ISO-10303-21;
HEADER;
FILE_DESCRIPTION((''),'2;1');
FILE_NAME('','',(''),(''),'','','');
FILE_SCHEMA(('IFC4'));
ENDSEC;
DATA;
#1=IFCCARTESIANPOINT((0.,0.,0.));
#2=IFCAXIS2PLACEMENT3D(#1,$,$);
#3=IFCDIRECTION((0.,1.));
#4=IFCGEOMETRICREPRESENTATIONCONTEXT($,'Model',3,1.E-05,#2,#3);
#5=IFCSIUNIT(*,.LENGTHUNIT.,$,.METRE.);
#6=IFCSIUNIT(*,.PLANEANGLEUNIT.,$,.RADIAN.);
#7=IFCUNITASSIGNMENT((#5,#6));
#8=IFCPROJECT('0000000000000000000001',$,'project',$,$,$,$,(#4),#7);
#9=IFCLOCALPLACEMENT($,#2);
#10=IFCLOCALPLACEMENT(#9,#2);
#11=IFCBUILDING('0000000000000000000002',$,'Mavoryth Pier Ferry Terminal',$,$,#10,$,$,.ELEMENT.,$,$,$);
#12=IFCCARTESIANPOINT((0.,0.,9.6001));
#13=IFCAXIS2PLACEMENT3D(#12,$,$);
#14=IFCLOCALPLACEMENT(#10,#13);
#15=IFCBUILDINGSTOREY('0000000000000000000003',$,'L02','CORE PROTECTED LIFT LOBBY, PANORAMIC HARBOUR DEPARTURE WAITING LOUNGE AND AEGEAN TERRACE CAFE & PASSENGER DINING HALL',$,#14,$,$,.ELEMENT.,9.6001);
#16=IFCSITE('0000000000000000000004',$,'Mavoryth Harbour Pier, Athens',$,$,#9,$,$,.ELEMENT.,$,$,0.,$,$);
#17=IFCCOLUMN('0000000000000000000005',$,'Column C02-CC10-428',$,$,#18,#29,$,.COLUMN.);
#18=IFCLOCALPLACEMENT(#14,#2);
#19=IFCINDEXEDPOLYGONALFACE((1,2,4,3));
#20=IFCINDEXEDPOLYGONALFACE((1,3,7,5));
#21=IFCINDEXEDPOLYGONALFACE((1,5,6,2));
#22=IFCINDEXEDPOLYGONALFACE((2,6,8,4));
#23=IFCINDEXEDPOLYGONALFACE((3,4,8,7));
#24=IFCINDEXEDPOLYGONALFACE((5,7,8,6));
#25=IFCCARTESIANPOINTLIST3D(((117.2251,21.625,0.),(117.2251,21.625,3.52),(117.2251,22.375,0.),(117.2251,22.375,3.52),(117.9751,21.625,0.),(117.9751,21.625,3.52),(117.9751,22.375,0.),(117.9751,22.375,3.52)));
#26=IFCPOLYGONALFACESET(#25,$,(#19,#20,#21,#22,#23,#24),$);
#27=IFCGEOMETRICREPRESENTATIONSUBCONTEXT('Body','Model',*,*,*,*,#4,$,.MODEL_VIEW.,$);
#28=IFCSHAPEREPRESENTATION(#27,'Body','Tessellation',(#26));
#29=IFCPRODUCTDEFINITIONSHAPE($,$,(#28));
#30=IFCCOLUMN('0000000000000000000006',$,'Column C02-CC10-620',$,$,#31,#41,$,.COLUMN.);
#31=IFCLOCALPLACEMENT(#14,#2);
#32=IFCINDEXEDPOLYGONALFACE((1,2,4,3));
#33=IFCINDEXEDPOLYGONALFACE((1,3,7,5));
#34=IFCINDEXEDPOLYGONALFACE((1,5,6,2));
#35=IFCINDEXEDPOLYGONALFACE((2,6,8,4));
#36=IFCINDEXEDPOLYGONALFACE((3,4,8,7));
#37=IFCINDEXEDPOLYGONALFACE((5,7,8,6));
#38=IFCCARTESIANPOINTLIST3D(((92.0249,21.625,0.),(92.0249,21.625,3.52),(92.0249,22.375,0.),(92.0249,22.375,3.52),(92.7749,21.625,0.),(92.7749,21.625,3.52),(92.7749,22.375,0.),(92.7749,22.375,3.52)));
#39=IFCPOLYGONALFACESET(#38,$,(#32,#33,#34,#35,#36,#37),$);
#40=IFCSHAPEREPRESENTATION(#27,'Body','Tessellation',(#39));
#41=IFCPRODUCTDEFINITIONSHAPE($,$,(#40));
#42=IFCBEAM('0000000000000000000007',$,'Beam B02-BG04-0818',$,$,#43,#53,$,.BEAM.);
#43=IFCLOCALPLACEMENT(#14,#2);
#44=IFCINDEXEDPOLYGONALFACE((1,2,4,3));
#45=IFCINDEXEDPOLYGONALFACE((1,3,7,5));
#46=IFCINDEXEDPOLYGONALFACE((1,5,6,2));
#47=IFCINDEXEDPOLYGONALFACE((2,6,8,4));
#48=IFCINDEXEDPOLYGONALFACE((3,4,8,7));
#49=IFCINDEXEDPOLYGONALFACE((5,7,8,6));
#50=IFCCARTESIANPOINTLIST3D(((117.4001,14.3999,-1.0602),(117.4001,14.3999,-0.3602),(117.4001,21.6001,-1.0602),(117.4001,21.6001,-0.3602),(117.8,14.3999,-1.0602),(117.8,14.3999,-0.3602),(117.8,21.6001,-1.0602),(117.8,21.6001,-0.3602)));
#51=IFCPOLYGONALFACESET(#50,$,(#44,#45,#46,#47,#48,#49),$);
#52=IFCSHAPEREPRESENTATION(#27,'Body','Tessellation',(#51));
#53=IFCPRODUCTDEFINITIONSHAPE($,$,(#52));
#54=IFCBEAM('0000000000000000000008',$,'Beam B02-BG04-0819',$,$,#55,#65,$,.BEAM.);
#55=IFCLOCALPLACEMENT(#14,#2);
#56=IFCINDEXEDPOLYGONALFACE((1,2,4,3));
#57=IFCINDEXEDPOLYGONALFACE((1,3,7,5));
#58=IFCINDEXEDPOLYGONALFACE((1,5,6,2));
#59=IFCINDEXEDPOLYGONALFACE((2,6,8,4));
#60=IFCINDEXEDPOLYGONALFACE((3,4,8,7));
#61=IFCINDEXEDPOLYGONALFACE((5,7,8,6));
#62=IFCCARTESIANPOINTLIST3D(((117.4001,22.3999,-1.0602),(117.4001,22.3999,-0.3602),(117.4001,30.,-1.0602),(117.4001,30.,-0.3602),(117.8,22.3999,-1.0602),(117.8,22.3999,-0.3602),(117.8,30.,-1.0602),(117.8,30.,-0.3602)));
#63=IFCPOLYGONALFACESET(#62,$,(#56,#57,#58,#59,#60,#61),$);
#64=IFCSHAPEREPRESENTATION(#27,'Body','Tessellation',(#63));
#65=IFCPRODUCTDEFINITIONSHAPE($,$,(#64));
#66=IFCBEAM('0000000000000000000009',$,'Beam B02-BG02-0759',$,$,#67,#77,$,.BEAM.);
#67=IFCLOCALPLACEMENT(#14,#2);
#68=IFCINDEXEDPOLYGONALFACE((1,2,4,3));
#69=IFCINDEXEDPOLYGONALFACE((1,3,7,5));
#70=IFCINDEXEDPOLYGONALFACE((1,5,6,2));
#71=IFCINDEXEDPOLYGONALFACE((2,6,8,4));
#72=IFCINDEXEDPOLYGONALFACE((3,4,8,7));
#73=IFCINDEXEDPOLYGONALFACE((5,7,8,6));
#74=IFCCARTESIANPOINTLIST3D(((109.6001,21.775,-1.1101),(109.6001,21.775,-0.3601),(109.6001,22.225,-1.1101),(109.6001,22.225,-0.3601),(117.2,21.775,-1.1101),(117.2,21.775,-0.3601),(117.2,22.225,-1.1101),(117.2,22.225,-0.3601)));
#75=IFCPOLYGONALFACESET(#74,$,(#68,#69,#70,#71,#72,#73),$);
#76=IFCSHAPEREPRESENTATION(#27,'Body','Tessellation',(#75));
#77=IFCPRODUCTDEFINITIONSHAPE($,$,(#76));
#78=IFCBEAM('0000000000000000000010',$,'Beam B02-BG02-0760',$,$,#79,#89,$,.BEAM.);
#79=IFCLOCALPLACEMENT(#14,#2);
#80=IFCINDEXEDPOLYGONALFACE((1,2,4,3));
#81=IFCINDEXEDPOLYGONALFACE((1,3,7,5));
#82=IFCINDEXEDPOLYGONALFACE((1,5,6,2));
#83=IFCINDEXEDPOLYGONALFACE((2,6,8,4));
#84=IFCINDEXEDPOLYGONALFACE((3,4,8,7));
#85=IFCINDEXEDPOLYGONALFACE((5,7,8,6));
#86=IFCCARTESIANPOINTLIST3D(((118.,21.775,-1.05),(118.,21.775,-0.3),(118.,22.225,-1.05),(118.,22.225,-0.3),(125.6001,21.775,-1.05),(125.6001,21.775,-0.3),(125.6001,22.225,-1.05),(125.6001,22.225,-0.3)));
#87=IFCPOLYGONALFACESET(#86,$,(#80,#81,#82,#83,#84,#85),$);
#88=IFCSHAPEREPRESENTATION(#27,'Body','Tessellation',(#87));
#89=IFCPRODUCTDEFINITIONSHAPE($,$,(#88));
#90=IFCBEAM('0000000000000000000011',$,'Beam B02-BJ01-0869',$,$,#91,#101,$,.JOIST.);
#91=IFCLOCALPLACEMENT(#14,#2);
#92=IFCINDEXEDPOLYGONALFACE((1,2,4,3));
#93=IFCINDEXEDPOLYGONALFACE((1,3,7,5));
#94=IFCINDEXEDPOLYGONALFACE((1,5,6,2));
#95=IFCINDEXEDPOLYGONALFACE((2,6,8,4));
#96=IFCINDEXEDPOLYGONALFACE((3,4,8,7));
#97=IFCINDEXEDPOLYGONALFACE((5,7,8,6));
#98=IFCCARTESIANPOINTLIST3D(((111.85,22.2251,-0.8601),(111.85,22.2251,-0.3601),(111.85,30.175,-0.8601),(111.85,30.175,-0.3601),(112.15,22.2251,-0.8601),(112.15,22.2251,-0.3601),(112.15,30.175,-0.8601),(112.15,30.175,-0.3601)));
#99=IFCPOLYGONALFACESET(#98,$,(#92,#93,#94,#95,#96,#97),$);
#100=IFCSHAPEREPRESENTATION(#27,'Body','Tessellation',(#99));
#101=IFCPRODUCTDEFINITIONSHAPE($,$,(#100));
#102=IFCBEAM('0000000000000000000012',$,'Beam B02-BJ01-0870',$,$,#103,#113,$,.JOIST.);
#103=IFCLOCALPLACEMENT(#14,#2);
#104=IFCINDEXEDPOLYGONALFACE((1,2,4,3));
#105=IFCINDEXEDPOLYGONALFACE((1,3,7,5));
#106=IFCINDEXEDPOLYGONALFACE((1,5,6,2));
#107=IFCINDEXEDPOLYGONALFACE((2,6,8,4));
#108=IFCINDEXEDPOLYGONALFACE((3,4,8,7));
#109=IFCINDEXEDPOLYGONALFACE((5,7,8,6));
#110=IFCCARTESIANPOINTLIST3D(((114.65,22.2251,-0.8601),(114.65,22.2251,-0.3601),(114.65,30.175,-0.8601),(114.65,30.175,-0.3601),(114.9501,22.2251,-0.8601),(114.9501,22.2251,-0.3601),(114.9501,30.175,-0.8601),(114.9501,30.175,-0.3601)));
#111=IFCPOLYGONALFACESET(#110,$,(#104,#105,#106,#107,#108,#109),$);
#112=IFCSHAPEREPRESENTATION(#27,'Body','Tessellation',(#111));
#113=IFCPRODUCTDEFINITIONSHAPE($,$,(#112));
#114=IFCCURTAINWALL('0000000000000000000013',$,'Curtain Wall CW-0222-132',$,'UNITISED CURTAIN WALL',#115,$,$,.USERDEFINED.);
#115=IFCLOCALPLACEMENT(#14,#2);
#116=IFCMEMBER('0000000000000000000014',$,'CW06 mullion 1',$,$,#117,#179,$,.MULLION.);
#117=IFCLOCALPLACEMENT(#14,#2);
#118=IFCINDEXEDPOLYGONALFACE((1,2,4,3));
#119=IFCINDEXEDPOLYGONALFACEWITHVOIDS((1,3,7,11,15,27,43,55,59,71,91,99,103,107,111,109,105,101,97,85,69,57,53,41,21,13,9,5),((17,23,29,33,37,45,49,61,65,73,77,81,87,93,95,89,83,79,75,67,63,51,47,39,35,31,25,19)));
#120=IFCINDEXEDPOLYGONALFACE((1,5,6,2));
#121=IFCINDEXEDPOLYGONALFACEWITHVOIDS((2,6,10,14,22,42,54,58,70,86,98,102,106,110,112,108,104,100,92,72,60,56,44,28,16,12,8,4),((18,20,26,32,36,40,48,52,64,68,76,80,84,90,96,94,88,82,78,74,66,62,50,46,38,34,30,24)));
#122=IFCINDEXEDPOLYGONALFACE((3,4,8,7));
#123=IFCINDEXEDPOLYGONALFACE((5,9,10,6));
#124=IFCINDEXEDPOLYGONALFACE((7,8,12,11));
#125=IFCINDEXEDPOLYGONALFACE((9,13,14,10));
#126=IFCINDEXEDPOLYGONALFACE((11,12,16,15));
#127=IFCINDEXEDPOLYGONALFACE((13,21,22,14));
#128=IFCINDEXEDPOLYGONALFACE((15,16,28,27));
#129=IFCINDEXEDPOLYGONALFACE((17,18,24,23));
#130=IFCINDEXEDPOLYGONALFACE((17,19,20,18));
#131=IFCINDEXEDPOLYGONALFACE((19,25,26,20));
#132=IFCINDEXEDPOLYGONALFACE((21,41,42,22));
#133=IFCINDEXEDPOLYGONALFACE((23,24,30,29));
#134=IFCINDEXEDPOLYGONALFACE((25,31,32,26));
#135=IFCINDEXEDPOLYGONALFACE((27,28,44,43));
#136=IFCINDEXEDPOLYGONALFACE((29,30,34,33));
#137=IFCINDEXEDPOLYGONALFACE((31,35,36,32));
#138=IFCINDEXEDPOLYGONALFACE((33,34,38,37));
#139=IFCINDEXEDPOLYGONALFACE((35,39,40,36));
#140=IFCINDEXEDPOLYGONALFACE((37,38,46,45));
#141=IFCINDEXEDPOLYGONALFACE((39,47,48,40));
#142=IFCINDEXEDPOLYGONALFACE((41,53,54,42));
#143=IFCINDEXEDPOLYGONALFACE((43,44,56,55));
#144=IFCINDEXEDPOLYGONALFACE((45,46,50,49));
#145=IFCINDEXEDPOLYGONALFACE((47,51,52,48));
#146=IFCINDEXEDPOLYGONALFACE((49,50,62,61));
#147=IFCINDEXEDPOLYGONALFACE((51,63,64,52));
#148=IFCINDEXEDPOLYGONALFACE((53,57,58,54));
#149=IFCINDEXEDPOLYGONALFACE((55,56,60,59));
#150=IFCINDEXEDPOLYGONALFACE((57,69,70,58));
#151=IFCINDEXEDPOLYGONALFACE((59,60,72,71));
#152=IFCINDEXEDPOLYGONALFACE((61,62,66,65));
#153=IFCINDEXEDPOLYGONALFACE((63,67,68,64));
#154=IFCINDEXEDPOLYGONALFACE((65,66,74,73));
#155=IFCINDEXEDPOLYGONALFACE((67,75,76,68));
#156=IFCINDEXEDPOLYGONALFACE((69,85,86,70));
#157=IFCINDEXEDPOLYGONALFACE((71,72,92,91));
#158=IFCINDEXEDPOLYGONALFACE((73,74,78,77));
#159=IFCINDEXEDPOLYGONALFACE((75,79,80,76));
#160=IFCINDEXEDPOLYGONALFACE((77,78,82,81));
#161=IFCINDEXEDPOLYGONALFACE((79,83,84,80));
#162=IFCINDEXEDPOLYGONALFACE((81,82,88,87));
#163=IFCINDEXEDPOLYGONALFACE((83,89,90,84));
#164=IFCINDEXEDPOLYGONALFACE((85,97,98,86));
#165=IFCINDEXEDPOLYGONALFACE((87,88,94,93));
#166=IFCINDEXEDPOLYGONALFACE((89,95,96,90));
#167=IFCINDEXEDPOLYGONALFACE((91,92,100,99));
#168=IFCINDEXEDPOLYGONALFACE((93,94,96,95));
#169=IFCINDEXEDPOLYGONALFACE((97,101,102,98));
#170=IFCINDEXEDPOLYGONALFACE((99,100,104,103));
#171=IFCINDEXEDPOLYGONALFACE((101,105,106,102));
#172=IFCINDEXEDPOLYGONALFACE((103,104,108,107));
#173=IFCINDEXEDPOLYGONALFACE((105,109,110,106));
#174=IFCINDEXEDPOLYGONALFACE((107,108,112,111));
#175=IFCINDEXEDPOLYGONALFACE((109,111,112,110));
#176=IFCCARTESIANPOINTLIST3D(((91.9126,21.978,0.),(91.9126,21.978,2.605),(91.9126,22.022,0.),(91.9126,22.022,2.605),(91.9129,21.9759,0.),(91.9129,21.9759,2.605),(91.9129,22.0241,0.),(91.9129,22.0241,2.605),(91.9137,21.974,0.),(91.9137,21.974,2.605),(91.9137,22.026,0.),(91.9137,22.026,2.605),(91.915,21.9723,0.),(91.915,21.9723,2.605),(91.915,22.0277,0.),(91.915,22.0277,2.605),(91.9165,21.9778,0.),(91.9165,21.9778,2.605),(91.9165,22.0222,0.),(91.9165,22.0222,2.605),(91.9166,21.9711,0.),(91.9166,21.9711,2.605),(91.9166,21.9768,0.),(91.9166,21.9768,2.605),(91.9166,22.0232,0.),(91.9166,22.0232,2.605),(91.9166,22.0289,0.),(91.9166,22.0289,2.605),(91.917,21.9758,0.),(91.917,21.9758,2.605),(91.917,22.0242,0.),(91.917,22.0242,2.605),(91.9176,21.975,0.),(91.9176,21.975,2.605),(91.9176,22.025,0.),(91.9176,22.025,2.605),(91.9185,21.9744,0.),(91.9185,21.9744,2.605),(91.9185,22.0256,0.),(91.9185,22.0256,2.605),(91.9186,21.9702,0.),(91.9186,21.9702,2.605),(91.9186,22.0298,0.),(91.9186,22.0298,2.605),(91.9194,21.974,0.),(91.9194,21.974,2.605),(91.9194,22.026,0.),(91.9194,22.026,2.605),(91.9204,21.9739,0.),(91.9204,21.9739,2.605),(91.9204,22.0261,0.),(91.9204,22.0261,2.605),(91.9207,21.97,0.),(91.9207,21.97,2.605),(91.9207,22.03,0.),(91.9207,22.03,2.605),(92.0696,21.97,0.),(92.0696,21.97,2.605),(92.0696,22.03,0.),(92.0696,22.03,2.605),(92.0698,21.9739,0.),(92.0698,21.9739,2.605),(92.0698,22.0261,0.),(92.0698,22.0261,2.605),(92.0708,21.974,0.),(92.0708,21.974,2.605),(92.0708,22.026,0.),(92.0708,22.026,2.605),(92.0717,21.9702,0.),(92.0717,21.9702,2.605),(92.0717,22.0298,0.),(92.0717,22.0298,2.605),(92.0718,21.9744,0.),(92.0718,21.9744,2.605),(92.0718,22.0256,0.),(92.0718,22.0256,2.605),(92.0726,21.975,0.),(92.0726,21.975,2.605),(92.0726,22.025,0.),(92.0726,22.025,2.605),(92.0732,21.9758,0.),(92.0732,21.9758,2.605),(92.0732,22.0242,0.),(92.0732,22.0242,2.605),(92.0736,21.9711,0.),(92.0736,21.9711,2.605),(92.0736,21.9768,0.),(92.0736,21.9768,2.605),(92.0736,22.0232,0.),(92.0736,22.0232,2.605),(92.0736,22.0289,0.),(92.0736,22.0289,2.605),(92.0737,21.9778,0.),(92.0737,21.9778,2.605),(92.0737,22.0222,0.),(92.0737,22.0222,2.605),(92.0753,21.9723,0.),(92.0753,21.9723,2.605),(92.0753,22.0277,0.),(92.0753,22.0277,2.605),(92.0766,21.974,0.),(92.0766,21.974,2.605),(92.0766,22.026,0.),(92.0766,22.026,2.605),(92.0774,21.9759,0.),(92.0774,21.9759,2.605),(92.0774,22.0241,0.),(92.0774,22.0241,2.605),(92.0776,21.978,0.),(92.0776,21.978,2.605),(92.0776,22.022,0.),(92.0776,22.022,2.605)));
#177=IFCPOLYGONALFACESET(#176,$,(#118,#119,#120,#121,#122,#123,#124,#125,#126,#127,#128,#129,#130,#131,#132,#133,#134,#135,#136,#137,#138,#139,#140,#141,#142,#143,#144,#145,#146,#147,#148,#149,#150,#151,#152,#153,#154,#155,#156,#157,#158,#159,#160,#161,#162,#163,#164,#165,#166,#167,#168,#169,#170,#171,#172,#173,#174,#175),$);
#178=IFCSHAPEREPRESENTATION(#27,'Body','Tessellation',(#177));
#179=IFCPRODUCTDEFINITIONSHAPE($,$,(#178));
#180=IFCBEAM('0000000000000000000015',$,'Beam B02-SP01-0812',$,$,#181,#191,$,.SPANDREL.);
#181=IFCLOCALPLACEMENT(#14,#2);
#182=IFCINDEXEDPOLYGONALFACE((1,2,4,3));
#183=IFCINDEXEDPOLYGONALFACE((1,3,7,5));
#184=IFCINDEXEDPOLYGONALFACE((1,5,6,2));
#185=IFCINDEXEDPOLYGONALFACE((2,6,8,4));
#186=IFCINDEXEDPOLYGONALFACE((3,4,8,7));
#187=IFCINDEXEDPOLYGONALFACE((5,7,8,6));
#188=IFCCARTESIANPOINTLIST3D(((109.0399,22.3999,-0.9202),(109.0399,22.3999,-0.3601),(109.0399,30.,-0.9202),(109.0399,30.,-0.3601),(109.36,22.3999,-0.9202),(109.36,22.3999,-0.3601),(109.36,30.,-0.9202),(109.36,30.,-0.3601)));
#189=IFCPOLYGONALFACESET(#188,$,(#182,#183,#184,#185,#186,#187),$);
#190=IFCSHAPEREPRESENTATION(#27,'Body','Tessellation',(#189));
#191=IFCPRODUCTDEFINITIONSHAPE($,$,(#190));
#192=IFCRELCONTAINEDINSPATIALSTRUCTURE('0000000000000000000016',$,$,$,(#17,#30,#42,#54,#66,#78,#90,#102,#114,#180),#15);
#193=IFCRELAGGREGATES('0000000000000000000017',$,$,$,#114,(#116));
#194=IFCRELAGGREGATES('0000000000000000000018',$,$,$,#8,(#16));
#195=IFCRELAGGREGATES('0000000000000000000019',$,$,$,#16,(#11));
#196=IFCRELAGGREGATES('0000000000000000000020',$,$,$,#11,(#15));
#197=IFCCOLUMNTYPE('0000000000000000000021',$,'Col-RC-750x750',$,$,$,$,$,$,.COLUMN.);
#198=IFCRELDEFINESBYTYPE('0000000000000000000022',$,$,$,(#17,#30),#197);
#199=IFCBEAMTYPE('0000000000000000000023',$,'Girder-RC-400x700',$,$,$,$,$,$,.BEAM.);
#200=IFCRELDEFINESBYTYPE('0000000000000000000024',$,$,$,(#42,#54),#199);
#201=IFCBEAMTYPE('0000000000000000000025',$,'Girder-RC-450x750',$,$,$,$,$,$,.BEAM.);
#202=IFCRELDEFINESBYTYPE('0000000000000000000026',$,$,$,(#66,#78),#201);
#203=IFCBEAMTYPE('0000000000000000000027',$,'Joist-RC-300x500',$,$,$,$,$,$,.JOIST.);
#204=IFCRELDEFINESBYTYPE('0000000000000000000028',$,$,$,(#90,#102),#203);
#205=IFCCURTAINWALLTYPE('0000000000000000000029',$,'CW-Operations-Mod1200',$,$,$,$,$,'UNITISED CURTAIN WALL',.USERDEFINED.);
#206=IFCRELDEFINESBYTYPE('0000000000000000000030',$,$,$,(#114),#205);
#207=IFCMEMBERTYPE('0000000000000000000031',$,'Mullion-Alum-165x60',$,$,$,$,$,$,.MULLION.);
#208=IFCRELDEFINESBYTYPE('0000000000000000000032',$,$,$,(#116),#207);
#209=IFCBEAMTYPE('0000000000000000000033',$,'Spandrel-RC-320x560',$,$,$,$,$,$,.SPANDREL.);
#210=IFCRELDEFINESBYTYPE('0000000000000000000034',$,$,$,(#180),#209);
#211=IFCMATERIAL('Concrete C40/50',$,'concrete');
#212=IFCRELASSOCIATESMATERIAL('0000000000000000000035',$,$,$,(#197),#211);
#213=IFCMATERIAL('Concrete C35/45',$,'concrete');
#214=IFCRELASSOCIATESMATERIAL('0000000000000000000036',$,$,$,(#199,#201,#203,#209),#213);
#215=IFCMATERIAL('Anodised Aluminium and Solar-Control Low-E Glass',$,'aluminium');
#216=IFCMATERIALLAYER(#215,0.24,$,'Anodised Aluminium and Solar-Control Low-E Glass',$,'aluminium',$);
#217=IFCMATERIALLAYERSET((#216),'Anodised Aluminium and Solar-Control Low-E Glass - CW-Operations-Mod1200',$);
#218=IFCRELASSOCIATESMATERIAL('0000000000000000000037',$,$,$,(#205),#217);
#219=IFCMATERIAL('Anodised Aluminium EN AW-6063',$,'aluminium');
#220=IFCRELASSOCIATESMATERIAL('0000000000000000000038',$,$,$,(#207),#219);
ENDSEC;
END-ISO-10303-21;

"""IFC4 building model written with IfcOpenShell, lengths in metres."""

from ifc_helpers import new_model, si_unit, direction, frame, origin, origin_2d, place, context, subcontext, project, spatial, rectangle, hollow_rectangle, extrude, material, layer, layer_set, material_profile, profile_set, type_object, element, aggregate, save


model = new_model("IFC4")

# Units and contexts
model_context = context("Model", 3, precision=1e-05, world=origin(), true_north=direction((0.0, 1.0)))
body_context = subcontext(model_context, "Body", "Model", "MODEL_VIEW")
ifc_project = project(units=[si_unit("LENGTHUNIT", "METRE"), si_unit("PLANEANGLEUNIT", "RADIAN")], contexts=[model_context])

# Site, building, storey
site_placement = place(None, origin())
site = spatial("IfcSite", under=ifc_project, at=site_placement, Name="Mavoryth Harbour Pier, Athens", CompositionType="ELEMENT", RefElevation=0.0)
building_placement = place(site_placement, origin())
building = spatial("IfcBuilding", under=site, at=building_placement, Name="Mavoryth Pier Ferry Terminal", CompositionType="ELEMENT")
storey_placement = place(building_placement, frame((0.0, 0.0, 9.6001)))
storey = spatial("IfcBuildingStorey", under=building, at=storey_placement, Name="L02", Description="CORE PROTECTED LIFT LOBBY, PANORAMIC HARBOUR DEPARTURE WAITING LOUNGE AND AEGEAN TERRACE CAFE & PASSENGER DINING HALL", CompositionType="ELEMENT", Elevation=9.6001)

# Columns
ifc_material_1 = material(Name="Concrete C40/50", Category="concrete")
ifc_material_profile_1 = material_profile(ifc_material_1, rectangle(XDim=0.75, YDim=0.75, at=origin_2d()), Name="RC 750x750", Category="concrete")
ifc_profile_set_1 = profile_set([ifc_material_profile_1], Name="Concrete C40/50 - RC 750x750")
column_type = type_object("IfcColumnType", Name="Col-RC-750x750", PredefinedType="COLUMN", material=ifc_profile_set_1)
for number, where, z_axis, x_axis, name in (
    (1, (117.6001, 22.0, 0.0), (0.0, 0.0, 1.0), (1.0, 0.0, 0.0), "Column C02-CC10-428"),
    (2, (92.3999, 22.0, 0.0), (0.0, 0.0, 1.0), (1.0, 0.0, 0.0), "Column C02-CC10-620"),
):
    element("IfcColumn", number, at=place(storey_placement, frame(where, z_axis=z_axis, x_axis=x_axis)), inside=storey, type_object=column_type, Name=name, PredefinedType="COLUMN", context=body_context, shape_type="SweptSolid", body=[
        extrude(rectangle(XDim=0.75, YDim=0.75, at=origin_2d()), origin(), (0.0, 0.0, 1.0), 3.52),
    ])

# Beams
ifc_material_2 = material(Name="Concrete C35/45", Category="concrete")
ifc_material_profile_2 = material_profile(ifc_material_2, rectangle(XDim=0.3999, YDim=0.7, at=origin_2d()), Name="RC 400x700", Category="concrete")
ifc_profile_set_2 = profile_set([ifc_material_profile_2], Name="Concrete C35/45 - RC 400x700")
beam_type_1 = type_object("IfcBeamType", Name="Girder-RC-400x700", PredefinedType="BEAM", material=ifc_profile_set_2)
beam_1_placement = place(storey_placement, frame((117.6001, 14.3999, -0.7102), z_axis=(0.0, 1.0, 0.0), x_axis=(-1.0, 0.0, 0.0)))
element("IfcBeam", 3, at=beam_1_placement, inside=storey, type_object=beam_type_1, Name="Beam B02-BG04-0818", PredefinedType="BEAM", context=body_context, shape_type="SweptSolid", body=[
    extrude(rectangle(XDim=0.3999, YDim=0.7, at=origin_2d()), origin(), (0.0, 0.0, 1.0), 7.2002),
])
beam_2_placement = place(storey_placement, frame((117.6001, 22.3999, -0.7102), z_axis=(0.0, 1.0, 0.0), x_axis=(-1.0, 0.0, 0.0)))
element("IfcBeam", 4, at=beam_2_placement, inside=storey, type_object=beam_type_1, Name="Beam B02-BG04-0819", PredefinedType="BEAM", context=body_context, shape_type="SweptSolid", body=[
    extrude(rectangle(XDim=0.3999, YDim=0.7, at=origin_2d()), origin(), (0.0, 0.0, 1.0), 7.6001),
])
ifc_material_profile_3 = material_profile(ifc_material_2, rectangle(XDim=0.45, YDim=0.75, at=origin_2d()), Name="RC 450x750", Category="concrete")
ifc_profile_set_3 = profile_set([ifc_material_profile_3], Name="Concrete C35/45 - RC 450x750")
beam_type_2 = type_object("IfcBeamType", Name="Girder-RC-450x750", PredefinedType="BEAM", material=ifc_profile_set_3)
beam_3_placement = place(storey_placement, frame((109.6001, 22.0, -0.7351), z_axis=(1.0, 0.0, 0.0), x_axis=(0.0, 1.0, 0.0)))
element("IfcBeam", 5, at=beam_3_placement, inside=storey, type_object=beam_type_2, Name="Beam B02-BG02-0759", PredefinedType="BEAM", context=body_context, shape_type="SweptSolid", body=[
    extrude(rectangle(XDim=0.45, YDim=0.75, at=origin_2d()), origin(), (0.0, 0.0, 1.0), 7.5999),
])
beam_4_placement = place(storey_placement, frame((118.0, 22.0, -0.675), z_axis=(1.0, 0.0, 0.0), x_axis=(0.0, 1.0, 0.0)))
element("IfcBeam", 6, at=beam_4_placement, inside=storey, type_object=beam_type_2, Name="Beam B02-BG02-0760", PredefinedType="BEAM", context=body_context, shape_type="SweptSolid", body=[
    extrude(rectangle(XDim=0.45, YDim=0.75, at=origin_2d()), origin(), (0.0, 0.0, 1.0), 7.6001),
])
ifc_material_profile_4 = material_profile(ifc_material_2, rectangle(XDim=0.3, YDim=0.5, at=origin_2d()), Name="RC 300x500", Category="concrete")
ifc_profile_set_4 = profile_set([ifc_material_profile_4], Name="Concrete C35/45 - RC 300x500")
beam_type_3 = type_object("IfcBeamType", Name="Joist-RC-300x500", PredefinedType="JOIST", material=ifc_profile_set_4)
for number, where, z_axis, x_axis, name in (
    (7, (112.0, 22.2251, -0.6101), (0.0, 1.0, 0.0), (-1.0, 0.0, 0.0), "Beam B02-BJ01-0869"),
    (8, (114.8, 22.2251, -0.6101), (0.0, 1.0, 0.0), (-1.0, 0.0, 0.0), "Beam B02-BJ01-0870"),
):
    element("IfcBeam", number, at=place(storey_placement, frame(where, z_axis=z_axis, x_axis=x_axis)), inside=storey, type_object=beam_type_3, Name=name, PredefinedType="JOIST", context=body_context, shape_type="SweptSolid", body=[
        extrude(rectangle(XDim=0.3, YDim=0.5, at=origin_2d()), origin(), (0.0, 0.0, 1.0), 7.95),
    ])

# Curtain wall, member
ifc_material_3 = material(Name="Anodised Aluminium and Solar-Control Low-E Glass", Category="aluminium")
ifc_layer_1 = layer(ifc_material_3, 0.24, Name="Anodised Aluminium and Solar-Control Low-E Glass", Category="aluminium")
ifc_layer_set_1 = layer_set([ifc_layer_1], Name="Anodised Aluminium and Solar-Control Low-E Glass - CW-Operations-Mod1200")
curtain_wall_type = type_object("IfcCurtainWallType", Name="CW-Operations-Mod1200", ElementType="UNITISED CURTAIN WALL", PredefinedType="USERDEFINED", material=ifc_layer_set_1)
curtain_wall_placement = place(storey_placement, origin())
curtain_wall = element("IfcCurtainWall", 9, at=curtain_wall_placement, inside=storey, type_object=curtain_wall_type, Name="Curtain Wall CW-0222-132", ObjectType="UNITISED CURTAIN WALL", PredefinedType="USERDEFINED")
ifc_material_4 = material(Name="Anodised Aluminium EN AW-6063", Category="aluminium")
ifc_material_profile_5 = material_profile(ifc_material_4, hollow_rectangle(XDim=0.0601, YDim=0.165, WallThickness=0.0039, InnerFilletRadius=0.0039, OuterFilletRadius=0.0081, at=origin_2d()), Name="AL-MULL 165x60x4", Category="aluminium")
ifc_profile_set_5 = profile_set([ifc_material_profile_5], Name="Anodised Aluminium EN AW-6063 - AL-MULL 165x60x4")
member_type_1 = type_object("IfcMemberType", Name="Mullion-Alum-165x60", PredefinedType="MULLION", material=ifc_profile_set_5)
member_1_placement = place(storey_placement, frame((91.9951, 22.0, 0.0), z_axis=(0.0, 0.0, 1.0), x_axis=(0.0, -1.0, 0.0)))
member_1 = element("IfcMember", 10, at=member_1_placement, type_object=member_type_1, Name="CW06 mullion 1", PredefinedType="MULLION", context=body_context, shape_type="SweptSolid", body=[
    extrude(hollow_rectangle(XDim=0.0601, YDim=0.165, WallThickness=0.0039, InnerFilletRadius=0.0039, OuterFilletRadius=0.0081, at=origin_2d()), origin(), (0.0, 0.0, 1.0), 2.605),
])

# Beam
ifc_material_profile_6 = material_profile(ifc_material_2, rectangle(XDim=0.3201, YDim=0.5601, at=origin_2d()), Name="RC 320x560", Category="concrete")
ifc_profile_set_6 = profile_set([ifc_material_profile_6], Name="Concrete C35/45 - RC 320x560")
beam_type_4 = type_object("IfcBeamType", Name="Spandrel-RC-320x560", PredefinedType="SPANDREL", material=ifc_profile_set_6)
beam_5_placement = place(storey_placement, frame((109.2, 22.3999, -0.6401), z_axis=(0.0, 1.0, 0.0), x_axis=(-1.0, 0.0, 0.0)))
element("IfcBeam", 11, at=beam_5_placement, inside=storey, type_object=beam_type_4, Name="Beam B02-SP01-0812", PredefinedType="SPANDREL", context=body_context, shape_type="SweptSolid", body=[
    extrude(rectangle(XDim=0.3201, YDim=0.5601, at=origin_2d()), origin(), (0.0, 0.0, 1.0), 7.6001),
])

aggregate(curtain_wall, [member_1])

save(model, "model.ifc")
